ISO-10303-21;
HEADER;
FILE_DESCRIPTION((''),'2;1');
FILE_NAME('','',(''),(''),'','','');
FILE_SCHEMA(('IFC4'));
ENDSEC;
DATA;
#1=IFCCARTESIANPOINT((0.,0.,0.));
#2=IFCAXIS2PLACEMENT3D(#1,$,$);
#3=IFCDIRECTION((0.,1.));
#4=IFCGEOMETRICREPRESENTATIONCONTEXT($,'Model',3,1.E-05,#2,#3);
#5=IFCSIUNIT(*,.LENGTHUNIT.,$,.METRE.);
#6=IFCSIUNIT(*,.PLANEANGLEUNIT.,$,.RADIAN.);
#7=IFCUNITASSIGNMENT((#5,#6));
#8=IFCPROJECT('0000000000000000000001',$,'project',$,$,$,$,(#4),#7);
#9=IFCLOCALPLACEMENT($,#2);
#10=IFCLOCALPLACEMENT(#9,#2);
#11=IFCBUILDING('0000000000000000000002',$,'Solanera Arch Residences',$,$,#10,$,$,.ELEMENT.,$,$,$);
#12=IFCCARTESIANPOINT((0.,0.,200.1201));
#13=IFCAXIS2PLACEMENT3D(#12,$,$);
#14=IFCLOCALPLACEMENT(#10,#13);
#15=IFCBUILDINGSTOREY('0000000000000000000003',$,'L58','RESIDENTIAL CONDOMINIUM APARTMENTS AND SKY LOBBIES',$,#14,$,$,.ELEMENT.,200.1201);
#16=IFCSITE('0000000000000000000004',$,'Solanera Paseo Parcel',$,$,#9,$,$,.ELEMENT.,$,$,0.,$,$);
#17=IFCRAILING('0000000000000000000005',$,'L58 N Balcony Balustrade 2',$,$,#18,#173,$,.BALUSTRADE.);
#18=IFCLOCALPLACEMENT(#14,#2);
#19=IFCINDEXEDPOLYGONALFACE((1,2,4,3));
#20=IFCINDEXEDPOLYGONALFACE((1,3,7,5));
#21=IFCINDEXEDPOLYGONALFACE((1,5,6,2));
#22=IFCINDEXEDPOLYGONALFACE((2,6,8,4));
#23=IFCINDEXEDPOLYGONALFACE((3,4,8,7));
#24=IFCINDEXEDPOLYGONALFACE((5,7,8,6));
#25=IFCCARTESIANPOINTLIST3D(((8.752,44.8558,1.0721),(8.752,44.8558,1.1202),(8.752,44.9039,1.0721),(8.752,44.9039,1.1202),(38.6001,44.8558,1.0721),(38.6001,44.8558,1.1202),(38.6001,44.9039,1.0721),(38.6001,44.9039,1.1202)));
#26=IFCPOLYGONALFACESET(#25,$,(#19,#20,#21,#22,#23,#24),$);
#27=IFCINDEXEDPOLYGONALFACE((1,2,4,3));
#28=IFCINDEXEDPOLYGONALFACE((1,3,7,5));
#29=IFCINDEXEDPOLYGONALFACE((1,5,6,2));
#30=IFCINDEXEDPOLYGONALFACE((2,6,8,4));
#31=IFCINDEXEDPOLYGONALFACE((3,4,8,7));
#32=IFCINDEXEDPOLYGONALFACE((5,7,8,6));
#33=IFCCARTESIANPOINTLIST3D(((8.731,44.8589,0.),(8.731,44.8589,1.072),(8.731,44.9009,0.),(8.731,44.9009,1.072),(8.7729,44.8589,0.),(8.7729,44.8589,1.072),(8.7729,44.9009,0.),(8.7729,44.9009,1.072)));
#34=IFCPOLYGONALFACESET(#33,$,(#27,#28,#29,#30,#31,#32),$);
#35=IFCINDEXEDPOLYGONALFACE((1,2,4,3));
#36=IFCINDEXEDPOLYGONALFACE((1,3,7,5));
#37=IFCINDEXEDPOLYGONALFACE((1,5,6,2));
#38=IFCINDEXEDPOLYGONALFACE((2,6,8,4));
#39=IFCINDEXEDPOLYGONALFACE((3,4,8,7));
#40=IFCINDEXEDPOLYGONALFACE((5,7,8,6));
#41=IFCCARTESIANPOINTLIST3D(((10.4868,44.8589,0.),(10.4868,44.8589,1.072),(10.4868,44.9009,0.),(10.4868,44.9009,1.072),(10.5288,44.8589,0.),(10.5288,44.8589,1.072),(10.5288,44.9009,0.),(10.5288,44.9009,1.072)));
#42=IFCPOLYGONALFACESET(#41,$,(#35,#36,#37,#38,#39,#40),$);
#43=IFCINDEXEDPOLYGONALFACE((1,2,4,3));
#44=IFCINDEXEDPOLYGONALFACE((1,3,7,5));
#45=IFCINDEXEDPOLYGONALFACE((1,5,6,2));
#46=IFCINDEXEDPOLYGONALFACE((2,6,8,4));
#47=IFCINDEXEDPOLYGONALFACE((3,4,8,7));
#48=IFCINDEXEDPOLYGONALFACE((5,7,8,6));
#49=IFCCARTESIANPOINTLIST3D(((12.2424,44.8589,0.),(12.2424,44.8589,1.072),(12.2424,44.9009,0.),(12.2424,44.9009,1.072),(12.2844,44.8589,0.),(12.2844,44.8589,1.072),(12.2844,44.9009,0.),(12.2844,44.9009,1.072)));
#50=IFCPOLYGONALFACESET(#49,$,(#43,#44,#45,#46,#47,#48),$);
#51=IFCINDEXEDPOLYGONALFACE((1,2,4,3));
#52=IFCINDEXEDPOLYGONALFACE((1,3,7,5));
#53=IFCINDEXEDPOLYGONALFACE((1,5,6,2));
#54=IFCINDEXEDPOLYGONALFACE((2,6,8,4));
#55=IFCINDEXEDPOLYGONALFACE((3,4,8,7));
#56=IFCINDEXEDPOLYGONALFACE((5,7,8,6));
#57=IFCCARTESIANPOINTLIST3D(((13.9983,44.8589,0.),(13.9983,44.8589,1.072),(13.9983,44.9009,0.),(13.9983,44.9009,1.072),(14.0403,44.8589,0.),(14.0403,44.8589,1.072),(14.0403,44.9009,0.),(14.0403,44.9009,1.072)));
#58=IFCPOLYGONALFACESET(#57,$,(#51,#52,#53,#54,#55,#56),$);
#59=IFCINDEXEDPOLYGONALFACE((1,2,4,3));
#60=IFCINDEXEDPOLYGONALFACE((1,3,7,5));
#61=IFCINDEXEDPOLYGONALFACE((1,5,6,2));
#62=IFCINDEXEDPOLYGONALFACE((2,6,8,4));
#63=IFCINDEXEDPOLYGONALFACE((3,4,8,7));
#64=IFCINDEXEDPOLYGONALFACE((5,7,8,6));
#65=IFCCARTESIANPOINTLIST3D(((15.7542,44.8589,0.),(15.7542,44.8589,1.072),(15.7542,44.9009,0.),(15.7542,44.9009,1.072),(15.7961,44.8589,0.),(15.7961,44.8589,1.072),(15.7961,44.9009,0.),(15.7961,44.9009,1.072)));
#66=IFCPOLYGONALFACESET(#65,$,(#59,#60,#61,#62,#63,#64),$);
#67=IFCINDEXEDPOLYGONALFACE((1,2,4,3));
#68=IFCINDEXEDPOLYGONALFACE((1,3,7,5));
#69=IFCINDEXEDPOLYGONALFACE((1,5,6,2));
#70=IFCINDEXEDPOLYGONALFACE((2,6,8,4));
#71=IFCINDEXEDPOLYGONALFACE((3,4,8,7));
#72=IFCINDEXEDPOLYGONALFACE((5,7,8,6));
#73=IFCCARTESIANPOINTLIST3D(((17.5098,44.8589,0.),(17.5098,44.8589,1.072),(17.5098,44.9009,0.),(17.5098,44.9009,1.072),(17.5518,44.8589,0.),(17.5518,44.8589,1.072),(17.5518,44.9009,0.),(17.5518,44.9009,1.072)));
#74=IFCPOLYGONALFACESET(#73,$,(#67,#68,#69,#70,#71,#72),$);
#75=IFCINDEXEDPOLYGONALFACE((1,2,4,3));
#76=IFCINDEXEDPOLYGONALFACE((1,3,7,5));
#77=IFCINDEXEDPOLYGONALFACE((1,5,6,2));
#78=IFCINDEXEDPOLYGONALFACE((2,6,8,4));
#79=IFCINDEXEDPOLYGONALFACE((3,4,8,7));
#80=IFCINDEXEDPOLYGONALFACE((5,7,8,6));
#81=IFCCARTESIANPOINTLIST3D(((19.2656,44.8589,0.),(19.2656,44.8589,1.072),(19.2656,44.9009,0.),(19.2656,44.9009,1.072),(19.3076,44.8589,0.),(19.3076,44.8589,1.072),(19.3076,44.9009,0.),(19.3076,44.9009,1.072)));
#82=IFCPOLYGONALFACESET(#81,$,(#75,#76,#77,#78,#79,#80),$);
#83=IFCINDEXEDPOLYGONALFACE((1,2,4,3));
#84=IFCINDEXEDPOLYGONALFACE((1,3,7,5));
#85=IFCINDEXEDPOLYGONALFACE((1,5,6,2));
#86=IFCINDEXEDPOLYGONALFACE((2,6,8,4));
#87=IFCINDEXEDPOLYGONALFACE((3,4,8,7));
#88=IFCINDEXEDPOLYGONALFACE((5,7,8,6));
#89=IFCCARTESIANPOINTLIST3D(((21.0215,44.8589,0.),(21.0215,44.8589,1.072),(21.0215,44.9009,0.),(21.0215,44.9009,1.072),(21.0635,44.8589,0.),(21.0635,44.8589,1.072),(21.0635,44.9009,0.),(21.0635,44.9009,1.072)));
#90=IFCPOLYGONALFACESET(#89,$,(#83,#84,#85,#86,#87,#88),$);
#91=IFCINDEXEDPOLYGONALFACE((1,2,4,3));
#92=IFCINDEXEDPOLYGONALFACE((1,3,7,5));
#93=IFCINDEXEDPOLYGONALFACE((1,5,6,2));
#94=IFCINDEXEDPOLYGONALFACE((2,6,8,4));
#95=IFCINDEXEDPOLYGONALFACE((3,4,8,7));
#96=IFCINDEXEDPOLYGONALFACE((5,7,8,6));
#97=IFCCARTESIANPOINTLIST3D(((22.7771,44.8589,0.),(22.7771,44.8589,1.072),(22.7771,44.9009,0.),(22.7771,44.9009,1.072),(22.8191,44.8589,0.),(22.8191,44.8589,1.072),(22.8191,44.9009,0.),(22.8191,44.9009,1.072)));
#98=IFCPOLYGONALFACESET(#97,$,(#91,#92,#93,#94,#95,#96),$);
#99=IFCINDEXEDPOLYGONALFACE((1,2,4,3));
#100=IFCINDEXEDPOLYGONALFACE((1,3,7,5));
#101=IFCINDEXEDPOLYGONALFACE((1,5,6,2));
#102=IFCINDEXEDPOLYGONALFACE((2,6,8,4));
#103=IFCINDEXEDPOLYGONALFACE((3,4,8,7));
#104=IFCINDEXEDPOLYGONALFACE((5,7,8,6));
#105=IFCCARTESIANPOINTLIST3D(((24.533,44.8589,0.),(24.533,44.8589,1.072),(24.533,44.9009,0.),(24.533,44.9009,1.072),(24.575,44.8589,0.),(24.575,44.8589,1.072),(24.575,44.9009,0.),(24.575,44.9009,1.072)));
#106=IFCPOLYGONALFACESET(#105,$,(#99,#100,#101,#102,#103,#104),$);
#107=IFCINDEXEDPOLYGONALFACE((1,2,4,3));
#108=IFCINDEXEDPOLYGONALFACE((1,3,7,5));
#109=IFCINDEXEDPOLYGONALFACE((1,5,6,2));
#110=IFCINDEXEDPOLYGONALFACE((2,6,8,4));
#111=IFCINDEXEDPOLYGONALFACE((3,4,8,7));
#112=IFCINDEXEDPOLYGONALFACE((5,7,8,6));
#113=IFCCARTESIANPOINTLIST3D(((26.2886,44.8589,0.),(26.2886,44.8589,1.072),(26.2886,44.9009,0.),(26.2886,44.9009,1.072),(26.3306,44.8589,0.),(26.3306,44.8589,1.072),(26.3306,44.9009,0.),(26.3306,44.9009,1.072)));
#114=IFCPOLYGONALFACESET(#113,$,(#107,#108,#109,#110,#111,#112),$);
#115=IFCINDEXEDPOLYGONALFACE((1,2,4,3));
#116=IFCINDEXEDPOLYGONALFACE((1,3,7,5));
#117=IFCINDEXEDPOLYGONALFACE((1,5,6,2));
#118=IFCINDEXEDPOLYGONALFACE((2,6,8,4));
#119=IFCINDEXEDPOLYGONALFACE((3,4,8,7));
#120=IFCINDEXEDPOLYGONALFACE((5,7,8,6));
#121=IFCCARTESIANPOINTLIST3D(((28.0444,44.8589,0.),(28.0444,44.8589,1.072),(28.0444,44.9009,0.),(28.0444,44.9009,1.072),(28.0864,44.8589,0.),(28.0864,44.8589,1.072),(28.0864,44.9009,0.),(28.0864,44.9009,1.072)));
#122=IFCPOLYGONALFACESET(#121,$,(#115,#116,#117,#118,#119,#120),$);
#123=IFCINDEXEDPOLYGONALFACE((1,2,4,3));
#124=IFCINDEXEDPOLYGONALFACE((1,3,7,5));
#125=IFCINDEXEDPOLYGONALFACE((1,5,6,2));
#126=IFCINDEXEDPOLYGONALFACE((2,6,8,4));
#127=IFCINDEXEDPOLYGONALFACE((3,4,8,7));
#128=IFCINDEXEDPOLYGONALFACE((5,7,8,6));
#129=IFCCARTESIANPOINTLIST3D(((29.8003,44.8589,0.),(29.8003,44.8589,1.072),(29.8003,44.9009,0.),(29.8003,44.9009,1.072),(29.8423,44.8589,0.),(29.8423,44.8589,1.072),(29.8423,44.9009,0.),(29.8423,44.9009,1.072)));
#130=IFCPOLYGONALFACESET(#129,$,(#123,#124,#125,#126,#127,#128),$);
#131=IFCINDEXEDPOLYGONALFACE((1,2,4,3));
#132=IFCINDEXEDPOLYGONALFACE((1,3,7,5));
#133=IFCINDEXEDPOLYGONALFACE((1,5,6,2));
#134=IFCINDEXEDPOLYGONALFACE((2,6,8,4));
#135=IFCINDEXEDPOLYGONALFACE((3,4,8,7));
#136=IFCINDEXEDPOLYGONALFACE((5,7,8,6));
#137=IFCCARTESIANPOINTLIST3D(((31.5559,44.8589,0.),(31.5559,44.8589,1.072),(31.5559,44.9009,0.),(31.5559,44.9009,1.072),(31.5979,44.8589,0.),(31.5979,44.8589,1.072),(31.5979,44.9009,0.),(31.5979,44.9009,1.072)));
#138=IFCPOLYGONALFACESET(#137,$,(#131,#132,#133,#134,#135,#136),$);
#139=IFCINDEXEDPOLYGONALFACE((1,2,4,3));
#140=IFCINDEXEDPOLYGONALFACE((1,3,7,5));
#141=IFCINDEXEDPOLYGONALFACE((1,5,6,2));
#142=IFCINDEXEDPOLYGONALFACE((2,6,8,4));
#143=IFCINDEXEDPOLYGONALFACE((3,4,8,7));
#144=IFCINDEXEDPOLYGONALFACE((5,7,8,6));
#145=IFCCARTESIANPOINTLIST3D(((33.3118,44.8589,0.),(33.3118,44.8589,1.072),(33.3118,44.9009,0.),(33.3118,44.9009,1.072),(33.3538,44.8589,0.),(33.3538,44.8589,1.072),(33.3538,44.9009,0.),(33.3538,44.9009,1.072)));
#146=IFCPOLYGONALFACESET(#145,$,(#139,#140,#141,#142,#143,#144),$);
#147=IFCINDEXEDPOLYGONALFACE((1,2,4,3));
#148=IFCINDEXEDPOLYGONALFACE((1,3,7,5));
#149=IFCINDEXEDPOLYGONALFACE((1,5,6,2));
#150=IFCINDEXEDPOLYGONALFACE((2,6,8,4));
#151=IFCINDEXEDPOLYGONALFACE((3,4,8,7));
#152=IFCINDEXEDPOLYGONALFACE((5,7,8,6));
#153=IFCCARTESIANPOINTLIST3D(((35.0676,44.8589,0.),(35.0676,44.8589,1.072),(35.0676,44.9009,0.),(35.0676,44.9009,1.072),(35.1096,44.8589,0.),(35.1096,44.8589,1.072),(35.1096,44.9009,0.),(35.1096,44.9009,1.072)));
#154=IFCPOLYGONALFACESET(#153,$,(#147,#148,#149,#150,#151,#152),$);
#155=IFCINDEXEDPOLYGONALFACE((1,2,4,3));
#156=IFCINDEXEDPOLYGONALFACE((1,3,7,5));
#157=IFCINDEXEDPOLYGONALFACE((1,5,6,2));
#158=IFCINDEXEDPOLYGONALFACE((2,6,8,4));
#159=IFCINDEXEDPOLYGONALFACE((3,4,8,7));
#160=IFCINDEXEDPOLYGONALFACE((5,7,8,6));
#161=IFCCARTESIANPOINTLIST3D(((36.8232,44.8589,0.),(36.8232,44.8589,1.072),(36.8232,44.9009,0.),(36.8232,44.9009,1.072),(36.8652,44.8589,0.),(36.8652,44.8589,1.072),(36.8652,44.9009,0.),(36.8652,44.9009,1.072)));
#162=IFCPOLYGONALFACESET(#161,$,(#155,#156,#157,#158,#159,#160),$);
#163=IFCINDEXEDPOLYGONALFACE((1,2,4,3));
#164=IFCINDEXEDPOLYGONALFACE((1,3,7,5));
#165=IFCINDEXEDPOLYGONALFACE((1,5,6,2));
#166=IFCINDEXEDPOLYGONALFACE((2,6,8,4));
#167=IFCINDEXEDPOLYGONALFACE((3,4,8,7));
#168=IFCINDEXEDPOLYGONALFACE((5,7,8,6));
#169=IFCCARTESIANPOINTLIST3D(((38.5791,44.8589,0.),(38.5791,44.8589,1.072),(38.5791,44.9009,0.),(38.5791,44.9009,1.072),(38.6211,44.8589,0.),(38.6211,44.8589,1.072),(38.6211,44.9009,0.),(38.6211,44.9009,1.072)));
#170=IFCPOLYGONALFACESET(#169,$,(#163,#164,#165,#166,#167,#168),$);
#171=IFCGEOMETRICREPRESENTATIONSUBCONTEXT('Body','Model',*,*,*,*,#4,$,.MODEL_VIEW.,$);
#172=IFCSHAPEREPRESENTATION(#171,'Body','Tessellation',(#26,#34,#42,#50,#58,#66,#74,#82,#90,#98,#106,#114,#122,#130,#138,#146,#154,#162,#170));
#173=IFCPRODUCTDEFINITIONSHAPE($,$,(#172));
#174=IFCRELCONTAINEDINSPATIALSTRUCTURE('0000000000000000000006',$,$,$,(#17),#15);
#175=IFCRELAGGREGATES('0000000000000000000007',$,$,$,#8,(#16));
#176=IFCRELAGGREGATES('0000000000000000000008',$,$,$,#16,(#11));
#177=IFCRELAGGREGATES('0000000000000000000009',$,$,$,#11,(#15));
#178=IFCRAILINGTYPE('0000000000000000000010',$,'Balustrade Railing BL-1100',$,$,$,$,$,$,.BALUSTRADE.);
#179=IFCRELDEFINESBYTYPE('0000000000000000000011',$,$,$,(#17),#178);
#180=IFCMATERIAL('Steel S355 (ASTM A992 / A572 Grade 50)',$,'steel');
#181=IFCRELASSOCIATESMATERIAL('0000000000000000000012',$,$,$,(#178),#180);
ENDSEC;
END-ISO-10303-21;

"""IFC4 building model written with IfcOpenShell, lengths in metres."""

from ifc_helpers import new_model, si_unit, direction, frame, origin, origin_2d, place, context, subcontext, project, spatial, rectangle, extrude, material, type_object, element, save


model = new_model("IFC4")

# Units and contexts
model_context = context("Model", 3, precision=1e-05, world=origin(), true_north=direction((0.0, 1.0)))
body_context = subcontext(model_context, "Body", "Model", "MODEL_VIEW")
ifc_project = project(units=[si_unit("LENGTHUNIT", "METRE"), si_unit("PLANEANGLEUNIT", "RADIAN")], contexts=[model_context])

# Site, building, storey
site_placement = place(None, origin())
site = spatial("IfcSite", under=ifc_project, at=site_placement, Name="Solanera Paseo Parcel", CompositionType="ELEMENT", RefElevation=0.0)
building_placement = place(site_placement, origin())
building = spatial("IfcBuilding", under=site, at=building_placement, Name="Solanera Arch Residences", CompositionType="ELEMENT")
storey_placement = place(building_placement, frame((0.0, 0.0, 200.1201)))
storey = spatial("IfcBuildingStorey", under=building, at=storey_placement, Name="L58", Description="RESIDENTIAL CONDOMINIUM APARTMENTS AND SKY LOBBIES", CompositionType="ELEMENT", Elevation=200.1201)

# Railing
ifc_material_1 = material(Name="Steel S355 (ASTM A992 / A572 Grade 50)", Category="steel")
railing_type = type_object("IfcRailingType", Name="Balustrade Railing BL-1100", PredefinedType="BALUSTRADE", material=ifc_material_1)
railing_placement = place(storey_placement, frame((8.752, 44.8799, 0.0)))
element("IfcRailing", 1, at=railing_placement, inside=storey, type_object=railing_type, Name="L58 N Balcony Balustrade 2", PredefinedType="BALUSTRADE", context=body_context, shape_type="SweptSolid", body=[
    extrude(rectangle(XDim=0.0481, YDim=0.0481, at=origin_2d()), frame((0.0, 0.0, 1.0962), z_axis=(1.0, 0.0, 0.0), x_axis=(0.0, 1.0, 0.0)), (0.0, 0.0, 1.0), 29.8481),
    extrude(rectangle(XDim=0.042, YDim=0.042, at=origin_2d()), origin(), (0.0, 0.0, 1.0), 1.072),
    extrude(rectangle(XDim=0.042, YDim=0.042, at=origin_2d()), frame((1.7559, 0.0, 0.0)), (0.0, 0.0, 1.0), 1.072),
    extrude(rectangle(XDim=0.042, YDim=0.042, at=origin_2d()), frame((3.5115, 0.0, 0.0)), (0.0, 0.0, 1.0), 1.072),
    extrude(rectangle(XDim=0.042, YDim=0.042, at=origin_2d()), frame((5.2673, 0.0, 0.0)), (0.0, 0.0, 1.0), 1.072),
    extrude(rectangle(XDim=0.042, YDim=0.042, at=origin_2d()), frame((7.0232, 0.0, 0.0)), (0.0, 0.0, 1.0), 1.072),
    extrude(rectangle(XDim=0.042, YDim=0.042, at=origin_2d()), frame((8.7788, 0.0, 0.0)), (0.0, 0.0, 1.0), 1.072),
    extrude(rectangle(XDim=0.042, YDim=0.042, at=origin_2d()), frame((10.5347, 0.0, 0.0)), (0.0, 0.0, 1.0), 1.072),
    extrude(rectangle(XDim=0.042, YDim=0.042, at=origin_2d()), frame((12.2905, 0.0, 0.0)), (0.0, 0.0, 1.0), 1.072),
    extrude(rectangle(XDim=0.042, YDim=0.042, at=origin_2d()), frame((14.0461, 0.0, 0.0)), (0.0, 0.0, 1.0), 1.072),
    extrude(rectangle(XDim=0.042, YDim=0.042, at=origin_2d()), frame((15.802, 0.0, 0.0)), (0.0, 0.0, 1.0), 1.072),
    extrude(rectangle(XDim=0.042, YDim=0.042, at=origin_2d()), frame((17.5576, 0.0, 0.0)), (0.0, 0.0, 1.0), 1.072),
    extrude(rectangle(XDim=0.042, YDim=0.042, at=origin_2d()), frame((19.3135, 0.0, 0.0)), (0.0, 0.0, 1.0), 1.072),
    extrude(rectangle(XDim=0.042, YDim=0.042, at=origin_2d()), frame((21.0693, 0.0, 0.0)), (0.0, 0.0, 1.0), 1.072),
    extrude(rectangle(XDim=0.042, YDim=0.042, at=origin_2d()), frame((22.825, 0.0, 0.0)), (0.0, 0.0, 1.0), 1.072),
    extrude(rectangle(XDim=0.042, YDim=0.042, at=origin_2d()), frame((24.5808, 0.0, 0.0)), (0.0, 0.0, 1.0), 1.072),
    extrude(rectangle(XDim=0.042, YDim=0.042, at=origin_2d()), frame((26.3367, 0.0, 0.0)), (0.0, 0.0, 1.0), 1.072),
    extrude(rectangle(XDim=0.042, YDim=0.042, at=origin_2d()), frame((28.0923, 0.0, 0.0)), (0.0, 0.0, 1.0), 1.072),
    extrude(rectangle(XDim=0.042, YDim=0.042, at=origin_2d()), frame((29.8481, 0.0, 0.0)), (0.0, 0.0, 1.0), 1.072),
])

save(model, "model.ifc")
